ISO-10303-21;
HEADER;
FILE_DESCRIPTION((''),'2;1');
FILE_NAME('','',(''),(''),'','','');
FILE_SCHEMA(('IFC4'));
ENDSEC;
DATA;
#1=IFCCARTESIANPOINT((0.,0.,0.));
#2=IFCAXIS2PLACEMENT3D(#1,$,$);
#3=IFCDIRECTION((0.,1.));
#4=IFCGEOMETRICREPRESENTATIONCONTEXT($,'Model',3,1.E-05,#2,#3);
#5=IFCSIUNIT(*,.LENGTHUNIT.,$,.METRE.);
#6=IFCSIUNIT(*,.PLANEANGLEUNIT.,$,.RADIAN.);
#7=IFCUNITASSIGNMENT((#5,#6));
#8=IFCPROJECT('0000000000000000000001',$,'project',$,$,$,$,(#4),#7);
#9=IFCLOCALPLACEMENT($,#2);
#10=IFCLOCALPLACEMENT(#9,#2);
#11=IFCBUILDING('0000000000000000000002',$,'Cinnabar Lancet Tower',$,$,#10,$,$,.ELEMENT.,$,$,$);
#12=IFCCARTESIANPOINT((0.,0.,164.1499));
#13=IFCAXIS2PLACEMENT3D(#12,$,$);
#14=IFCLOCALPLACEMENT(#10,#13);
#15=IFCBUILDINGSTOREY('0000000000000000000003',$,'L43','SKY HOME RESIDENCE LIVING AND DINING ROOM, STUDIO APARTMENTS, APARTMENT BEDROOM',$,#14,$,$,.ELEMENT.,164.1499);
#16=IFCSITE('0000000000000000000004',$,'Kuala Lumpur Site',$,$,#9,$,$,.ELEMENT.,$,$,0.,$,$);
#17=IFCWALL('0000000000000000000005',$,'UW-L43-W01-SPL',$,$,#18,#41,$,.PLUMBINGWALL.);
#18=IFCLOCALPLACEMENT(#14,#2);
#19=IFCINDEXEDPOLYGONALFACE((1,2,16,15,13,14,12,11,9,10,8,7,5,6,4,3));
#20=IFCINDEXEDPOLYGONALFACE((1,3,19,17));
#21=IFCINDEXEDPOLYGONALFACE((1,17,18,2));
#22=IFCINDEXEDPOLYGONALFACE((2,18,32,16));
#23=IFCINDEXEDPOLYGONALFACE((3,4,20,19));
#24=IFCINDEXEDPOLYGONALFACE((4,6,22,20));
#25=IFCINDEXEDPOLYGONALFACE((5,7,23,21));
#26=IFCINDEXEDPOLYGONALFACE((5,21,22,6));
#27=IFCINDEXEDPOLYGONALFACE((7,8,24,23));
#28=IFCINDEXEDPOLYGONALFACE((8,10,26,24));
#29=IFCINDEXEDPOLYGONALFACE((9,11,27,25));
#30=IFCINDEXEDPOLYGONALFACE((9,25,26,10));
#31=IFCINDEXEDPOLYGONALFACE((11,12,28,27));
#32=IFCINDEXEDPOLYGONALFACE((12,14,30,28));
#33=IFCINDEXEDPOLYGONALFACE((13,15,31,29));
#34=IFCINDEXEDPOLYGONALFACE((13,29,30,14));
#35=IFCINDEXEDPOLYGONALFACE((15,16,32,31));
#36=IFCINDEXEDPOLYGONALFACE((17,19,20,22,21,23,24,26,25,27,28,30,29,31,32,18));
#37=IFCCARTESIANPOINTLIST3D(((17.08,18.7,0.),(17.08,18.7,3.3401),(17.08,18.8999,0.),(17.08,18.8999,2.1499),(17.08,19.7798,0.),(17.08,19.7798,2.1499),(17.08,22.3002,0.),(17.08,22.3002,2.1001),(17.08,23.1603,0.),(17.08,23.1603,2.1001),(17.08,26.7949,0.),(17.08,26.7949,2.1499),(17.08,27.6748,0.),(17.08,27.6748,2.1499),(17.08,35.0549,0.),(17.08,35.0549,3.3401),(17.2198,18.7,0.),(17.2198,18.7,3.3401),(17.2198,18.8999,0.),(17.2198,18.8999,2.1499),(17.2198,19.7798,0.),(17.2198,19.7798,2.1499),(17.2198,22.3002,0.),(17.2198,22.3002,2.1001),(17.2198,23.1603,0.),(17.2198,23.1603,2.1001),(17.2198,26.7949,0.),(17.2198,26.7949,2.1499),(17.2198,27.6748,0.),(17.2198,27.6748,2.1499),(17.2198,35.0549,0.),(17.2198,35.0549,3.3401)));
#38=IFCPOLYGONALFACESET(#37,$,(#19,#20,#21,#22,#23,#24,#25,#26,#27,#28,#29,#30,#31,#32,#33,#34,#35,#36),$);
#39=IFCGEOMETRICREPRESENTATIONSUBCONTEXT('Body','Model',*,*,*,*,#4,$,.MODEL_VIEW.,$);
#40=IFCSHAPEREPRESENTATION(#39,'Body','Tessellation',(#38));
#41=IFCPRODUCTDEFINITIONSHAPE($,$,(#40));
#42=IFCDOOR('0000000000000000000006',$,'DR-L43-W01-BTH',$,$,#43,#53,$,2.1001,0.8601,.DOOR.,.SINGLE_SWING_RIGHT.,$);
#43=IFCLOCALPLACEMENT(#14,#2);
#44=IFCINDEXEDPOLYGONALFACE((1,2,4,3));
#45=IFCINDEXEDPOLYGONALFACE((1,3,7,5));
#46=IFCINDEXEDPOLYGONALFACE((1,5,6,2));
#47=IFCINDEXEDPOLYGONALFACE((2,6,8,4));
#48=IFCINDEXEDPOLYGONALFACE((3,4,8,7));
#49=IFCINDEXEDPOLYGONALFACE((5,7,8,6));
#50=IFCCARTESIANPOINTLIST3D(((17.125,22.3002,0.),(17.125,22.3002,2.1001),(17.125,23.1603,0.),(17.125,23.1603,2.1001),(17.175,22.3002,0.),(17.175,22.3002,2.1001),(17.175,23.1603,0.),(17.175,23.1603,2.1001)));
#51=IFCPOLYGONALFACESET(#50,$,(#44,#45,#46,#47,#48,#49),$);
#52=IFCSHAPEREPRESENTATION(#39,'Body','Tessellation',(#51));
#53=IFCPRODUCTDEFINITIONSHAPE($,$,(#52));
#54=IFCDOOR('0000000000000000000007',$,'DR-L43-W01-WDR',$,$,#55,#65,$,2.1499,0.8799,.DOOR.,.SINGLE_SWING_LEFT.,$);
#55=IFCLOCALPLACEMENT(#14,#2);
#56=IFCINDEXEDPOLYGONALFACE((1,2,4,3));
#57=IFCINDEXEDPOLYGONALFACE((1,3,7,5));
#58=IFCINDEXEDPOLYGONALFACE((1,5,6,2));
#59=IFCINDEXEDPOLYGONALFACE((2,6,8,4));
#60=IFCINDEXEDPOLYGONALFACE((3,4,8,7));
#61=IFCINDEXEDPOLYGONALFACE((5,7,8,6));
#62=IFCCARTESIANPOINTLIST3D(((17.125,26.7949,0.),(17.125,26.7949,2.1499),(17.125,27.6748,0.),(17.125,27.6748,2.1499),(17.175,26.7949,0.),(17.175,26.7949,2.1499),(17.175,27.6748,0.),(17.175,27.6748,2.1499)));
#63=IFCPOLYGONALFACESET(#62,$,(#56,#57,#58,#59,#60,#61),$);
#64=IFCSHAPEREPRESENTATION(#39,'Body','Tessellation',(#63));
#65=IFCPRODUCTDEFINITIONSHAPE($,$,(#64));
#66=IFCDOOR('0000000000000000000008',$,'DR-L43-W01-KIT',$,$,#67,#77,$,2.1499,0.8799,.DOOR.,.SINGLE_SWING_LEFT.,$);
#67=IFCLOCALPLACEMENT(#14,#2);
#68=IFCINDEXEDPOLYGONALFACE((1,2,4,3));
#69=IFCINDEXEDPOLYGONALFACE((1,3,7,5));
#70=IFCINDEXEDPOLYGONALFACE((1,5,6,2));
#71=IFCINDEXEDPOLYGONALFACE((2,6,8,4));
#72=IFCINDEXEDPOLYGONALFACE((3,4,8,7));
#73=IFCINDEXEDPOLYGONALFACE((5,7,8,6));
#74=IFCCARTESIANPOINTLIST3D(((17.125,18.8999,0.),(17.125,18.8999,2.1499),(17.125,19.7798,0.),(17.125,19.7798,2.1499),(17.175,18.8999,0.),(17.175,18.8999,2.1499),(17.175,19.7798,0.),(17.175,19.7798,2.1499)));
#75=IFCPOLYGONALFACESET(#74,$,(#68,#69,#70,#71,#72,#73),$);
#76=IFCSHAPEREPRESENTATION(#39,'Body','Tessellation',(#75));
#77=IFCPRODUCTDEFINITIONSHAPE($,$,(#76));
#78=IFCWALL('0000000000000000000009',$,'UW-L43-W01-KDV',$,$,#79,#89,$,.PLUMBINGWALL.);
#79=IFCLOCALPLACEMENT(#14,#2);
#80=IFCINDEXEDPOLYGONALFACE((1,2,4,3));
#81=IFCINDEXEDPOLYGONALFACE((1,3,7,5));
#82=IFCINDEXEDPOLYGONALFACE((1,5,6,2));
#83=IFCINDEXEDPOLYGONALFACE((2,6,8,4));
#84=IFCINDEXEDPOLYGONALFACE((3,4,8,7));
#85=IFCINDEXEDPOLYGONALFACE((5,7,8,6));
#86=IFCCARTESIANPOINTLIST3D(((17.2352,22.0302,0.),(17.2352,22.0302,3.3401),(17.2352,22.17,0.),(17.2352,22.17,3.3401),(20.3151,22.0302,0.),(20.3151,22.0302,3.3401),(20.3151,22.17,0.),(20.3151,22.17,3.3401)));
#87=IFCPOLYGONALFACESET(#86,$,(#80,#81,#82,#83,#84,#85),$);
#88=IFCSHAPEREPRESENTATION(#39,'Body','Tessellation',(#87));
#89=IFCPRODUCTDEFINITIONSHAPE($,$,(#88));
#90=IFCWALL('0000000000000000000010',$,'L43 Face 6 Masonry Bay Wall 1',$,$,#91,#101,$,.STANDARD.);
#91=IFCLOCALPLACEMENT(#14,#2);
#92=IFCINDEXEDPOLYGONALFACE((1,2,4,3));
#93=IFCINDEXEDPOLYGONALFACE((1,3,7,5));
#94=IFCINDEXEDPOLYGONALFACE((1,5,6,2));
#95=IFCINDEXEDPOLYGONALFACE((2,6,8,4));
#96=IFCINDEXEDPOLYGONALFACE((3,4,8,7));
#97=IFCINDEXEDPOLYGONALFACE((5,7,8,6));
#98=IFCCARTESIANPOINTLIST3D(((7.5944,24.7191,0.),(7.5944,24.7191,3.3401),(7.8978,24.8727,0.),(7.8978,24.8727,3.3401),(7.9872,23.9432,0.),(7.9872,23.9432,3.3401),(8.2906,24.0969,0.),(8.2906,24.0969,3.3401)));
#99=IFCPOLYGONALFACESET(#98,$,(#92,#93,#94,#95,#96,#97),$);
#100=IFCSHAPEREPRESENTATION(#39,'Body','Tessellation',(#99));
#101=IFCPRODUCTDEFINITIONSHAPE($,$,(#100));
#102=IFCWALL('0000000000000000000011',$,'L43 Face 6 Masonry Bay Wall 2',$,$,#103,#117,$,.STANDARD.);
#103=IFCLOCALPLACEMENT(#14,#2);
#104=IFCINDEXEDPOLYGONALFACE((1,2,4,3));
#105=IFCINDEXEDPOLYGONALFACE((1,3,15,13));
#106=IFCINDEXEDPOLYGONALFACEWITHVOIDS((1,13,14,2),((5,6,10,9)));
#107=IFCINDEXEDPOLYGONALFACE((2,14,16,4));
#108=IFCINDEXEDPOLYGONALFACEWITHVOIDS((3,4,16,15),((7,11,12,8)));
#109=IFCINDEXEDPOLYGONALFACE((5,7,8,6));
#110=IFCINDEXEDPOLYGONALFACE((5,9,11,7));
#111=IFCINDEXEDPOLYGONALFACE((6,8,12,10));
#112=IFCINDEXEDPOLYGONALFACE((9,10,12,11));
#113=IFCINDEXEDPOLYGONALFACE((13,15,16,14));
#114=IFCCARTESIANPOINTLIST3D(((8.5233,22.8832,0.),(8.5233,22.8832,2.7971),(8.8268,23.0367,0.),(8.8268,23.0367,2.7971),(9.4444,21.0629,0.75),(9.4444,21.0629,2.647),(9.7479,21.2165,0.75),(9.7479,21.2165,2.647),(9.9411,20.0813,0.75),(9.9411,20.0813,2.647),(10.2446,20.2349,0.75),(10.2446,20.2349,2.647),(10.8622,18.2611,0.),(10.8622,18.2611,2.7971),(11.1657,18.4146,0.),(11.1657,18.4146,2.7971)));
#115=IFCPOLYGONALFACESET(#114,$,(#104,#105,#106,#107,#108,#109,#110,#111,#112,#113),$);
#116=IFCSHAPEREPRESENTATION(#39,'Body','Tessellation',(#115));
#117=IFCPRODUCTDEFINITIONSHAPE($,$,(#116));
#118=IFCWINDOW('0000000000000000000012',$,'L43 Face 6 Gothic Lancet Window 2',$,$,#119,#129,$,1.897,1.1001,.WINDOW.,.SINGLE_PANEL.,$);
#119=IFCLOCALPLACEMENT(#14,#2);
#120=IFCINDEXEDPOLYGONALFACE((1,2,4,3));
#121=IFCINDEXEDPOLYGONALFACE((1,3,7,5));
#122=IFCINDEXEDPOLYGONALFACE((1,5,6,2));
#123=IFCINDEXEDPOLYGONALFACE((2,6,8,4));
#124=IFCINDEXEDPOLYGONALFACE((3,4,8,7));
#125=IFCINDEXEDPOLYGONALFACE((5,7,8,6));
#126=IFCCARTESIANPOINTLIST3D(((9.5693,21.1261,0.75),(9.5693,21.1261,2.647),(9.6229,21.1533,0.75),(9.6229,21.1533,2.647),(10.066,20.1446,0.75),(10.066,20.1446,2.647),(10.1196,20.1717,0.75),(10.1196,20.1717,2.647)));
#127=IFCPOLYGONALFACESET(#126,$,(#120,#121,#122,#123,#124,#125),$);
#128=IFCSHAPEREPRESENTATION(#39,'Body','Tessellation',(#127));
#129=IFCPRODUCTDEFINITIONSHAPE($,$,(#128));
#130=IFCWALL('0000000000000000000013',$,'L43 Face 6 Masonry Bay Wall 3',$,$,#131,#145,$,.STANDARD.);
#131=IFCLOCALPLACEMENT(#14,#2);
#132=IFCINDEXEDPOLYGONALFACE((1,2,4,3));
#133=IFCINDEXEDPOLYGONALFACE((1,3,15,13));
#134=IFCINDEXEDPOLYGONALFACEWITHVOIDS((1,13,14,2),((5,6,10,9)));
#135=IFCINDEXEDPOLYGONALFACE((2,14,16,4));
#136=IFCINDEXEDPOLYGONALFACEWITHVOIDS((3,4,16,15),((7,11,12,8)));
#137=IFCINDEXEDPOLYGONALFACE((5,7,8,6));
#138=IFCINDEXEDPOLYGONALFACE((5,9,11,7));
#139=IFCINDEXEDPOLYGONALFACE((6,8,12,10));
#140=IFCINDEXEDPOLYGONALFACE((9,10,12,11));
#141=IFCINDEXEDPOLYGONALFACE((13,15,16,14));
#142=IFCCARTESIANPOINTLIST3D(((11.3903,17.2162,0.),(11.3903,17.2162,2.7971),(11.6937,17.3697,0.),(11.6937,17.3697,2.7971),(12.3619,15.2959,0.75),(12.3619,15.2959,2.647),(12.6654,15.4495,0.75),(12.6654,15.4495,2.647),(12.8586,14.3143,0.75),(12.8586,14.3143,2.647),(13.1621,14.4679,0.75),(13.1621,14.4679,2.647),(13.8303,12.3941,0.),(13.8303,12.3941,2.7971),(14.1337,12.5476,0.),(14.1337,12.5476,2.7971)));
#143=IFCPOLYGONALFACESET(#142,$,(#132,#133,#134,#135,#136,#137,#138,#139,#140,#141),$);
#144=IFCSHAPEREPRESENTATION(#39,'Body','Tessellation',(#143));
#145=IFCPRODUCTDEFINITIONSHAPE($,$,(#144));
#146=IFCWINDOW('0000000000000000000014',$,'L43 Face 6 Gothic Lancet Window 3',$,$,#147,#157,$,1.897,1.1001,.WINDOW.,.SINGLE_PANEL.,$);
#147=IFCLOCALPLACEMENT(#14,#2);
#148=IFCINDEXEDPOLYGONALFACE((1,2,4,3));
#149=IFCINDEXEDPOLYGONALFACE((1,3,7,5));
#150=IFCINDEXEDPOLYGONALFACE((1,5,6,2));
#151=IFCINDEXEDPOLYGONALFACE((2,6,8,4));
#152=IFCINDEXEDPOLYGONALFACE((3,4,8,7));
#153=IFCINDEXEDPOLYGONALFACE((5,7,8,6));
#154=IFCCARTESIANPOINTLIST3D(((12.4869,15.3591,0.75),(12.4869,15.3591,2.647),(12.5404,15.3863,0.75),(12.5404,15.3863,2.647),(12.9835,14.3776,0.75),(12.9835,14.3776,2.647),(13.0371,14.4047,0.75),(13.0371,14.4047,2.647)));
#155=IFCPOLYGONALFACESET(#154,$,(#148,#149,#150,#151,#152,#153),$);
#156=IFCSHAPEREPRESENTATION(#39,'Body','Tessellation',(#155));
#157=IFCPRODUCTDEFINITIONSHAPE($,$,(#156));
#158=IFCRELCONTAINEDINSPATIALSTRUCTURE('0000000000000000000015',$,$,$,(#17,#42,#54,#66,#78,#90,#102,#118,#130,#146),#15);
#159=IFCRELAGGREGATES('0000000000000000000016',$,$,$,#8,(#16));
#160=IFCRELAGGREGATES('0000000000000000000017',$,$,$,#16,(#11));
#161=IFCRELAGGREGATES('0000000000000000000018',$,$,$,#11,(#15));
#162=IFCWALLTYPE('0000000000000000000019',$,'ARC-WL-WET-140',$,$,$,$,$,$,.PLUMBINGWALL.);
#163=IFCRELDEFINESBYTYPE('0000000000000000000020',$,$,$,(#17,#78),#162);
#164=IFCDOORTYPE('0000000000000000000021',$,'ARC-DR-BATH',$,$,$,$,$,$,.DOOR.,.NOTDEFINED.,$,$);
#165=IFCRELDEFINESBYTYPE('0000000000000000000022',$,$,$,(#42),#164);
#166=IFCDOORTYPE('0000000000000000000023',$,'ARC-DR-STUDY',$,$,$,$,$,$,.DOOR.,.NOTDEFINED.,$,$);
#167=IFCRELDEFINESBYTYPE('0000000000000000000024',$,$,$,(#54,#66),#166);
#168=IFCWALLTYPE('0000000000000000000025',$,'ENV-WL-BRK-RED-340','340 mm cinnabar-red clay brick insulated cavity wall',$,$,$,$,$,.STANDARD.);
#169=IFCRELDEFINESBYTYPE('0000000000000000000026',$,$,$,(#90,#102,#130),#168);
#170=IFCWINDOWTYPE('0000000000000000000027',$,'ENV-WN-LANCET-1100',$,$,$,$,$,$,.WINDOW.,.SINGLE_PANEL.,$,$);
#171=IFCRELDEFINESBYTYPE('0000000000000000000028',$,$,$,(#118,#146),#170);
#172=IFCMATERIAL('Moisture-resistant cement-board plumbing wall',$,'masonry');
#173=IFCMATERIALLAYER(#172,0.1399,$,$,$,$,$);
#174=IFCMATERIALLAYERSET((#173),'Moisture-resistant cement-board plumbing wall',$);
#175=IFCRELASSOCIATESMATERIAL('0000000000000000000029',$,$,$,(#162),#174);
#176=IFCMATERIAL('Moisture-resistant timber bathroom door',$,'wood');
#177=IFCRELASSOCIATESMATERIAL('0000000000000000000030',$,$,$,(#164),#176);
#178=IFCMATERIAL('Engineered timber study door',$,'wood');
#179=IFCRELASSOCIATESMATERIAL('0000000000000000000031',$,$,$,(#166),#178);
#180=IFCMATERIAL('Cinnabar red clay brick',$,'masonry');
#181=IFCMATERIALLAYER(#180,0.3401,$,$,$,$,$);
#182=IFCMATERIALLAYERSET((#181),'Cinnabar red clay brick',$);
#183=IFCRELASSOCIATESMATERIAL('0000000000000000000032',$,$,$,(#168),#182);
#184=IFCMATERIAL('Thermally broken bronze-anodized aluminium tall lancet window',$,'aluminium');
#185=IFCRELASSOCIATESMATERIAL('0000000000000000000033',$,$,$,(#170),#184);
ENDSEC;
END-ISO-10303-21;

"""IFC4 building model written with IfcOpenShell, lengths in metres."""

from ifc_helpers import new_model, si_unit, direction, frame, frame_2d, origin, place, context, subcontext, project, spatial, rectangle, extrude, material, layer, layer_set, type_object, element, fill, save


model = new_model("IFC4")

# Units and contexts
model_context = context("Model", 3, precision=1e-05, world=origin(), true_north=direction((0.0, 1.0)))
body_context = subcontext(model_context, "Body", "Model", "MODEL_VIEW")
ifc_project = project(units=[si_unit("LENGTHUNIT", "METRE"), si_unit("PLANEANGLEUNIT", "RADIAN")], contexts=[model_context])

# Site, building, storey
site_placement = place(None, origin())
site = spatial("IfcSite", under=ifc_project, at=site_placement, Name="Kuala Lumpur Site", CompositionType="ELEMENT", RefElevation=0.0)
building_placement = place(site_placement, origin())
building = spatial("IfcBuilding", under=site, at=building_placement, Name="Cinnabar Lancet Tower", CompositionType="ELEMENT")
storey_placement = place(building_placement, frame((0.0, 0.0, 164.1499)))
storey = spatial("IfcBuildingStorey", under=building, at=storey_placement, Name="L43", Description="SKY HOME RESIDENCE LIVING AND DINING ROOM, STUDIO APARTMENTS, APARTMENT BEDROOM", CompositionType="ELEMENT", Elevation=164.1499)

# Wall, openings, doors
ifc_material_1 = material(Name="Moisture-resistant cement-board plumbing wall", Category="masonry")
ifc_layer_1 = layer(ifc_material_1, 0.1399)
ifc_layer_set_1 = layer_set([ifc_layer_1], Name="Moisture-resistant cement-board plumbing wall")
wall_type_1 = type_object("IfcWallType", Name="ARC-WL-WET-140", PredefinedType="PLUMBINGWALL", material=ifc_layer_set_1)
wall_1_placement = place(storey_placement, frame((17.1499, 18.7, 0.0), z_axis=(0.0, 0.0, 1.0), x_axis=(0.0, 1.0, 0.0)))
wall_1 = element("IfcWall", 1, at=wall_1_placement, inside=storey, type_object=wall_type_1, Name="UW-L43-W01-SPL", PredefinedType="PLUMBINGWALL", context=body_context, shape_type="SweptSolid", body=[
    extrude(rectangle(XDim=16.355, YDim=0.1399, at=frame_2d((8.1775, 0.0))), origin(), (0.0, 0.0, 1.0), 3.3401),
])
opening_1_placement = place(wall_1_placement, frame((3.6001, 0.0, 0.0)))
opening_1 = element("IfcOpeningElement", 2, at=opening_1_placement, cuts=wall_1, PredefinedType="OPENING", context=body_context, shape_type="SweptSolid", body=[
    extrude(rectangle(XDim=0.8601, YDim=2.1001, at=frame_2d((0.4302, 1.05))), frame((0.0, 0.0798, 0.0), z_axis=(0.0, -1.0, 0.0), x_axis=(1.0, 0.0, 0.0)), (0.0, 0.0, 1.0), 0.1599),
])
opening_2_placement = place(wall_1_placement, frame((8.095, 0.0, 0.0)))
opening_2 = element("IfcOpeningElement", 3, at=opening_2_placement, cuts=wall_1, PredefinedType="OPENING", context=body_context, shape_type="SweptSolid", body=[
    extrude(rectangle(XDim=0.8799, YDim=2.1499, at=frame_2d((0.4399, 1.075))), frame((0.0, 0.0798, 0.0), z_axis=(0.0, -1.0, 0.0), x_axis=(1.0, 0.0, 0.0)), (0.0, 0.0, 1.0), 0.1599),
])
opening_3_placement = place(wall_1_placement, frame((0.2, 0.0, 0.0)))
opening_3 = element("IfcOpeningElement", 4, at=opening_3_placement, cuts=wall_1, PredefinedType="OPENING", context=body_context, shape_type="SweptSolid", body=[
    extrude(rectangle(XDim=0.8799, YDim=2.1499, at=frame_2d((0.4399, 1.075))), frame((0.0, 0.0798, 0.0), z_axis=(0.0, -1.0, 0.0), x_axis=(1.0, 0.0, 0.0)), (0.0, 0.0, 1.0), 0.1599),
])
ifc_material_2 = material(Name="Moisture-resistant timber bathroom door", Category="wood")
door_type_1 = type_object("IfcDoorType", Name="ARC-DR-BATH", OperationType="NOTDEFINED", PredefinedType="DOOR", material=ifc_material_2)
door_1_placement = place(opening_1_placement, origin())
door_1 = element("IfcDoor", 5, at=door_1_placement, inside=storey, type_object=door_type_1, Name="DR-L43-W01-BTH", OperationType="SINGLE_SWING_RIGHT", OverallHeight=2.1001, OverallWidth=0.8601, PredefinedType="DOOR", context=body_context, shape_type="SweptSolid", body=[
    extrude(rectangle(XDim=0.8601, YDim=2.1001, at=frame_2d((0.4302, 1.05))), frame((0.0, 0.0249, 0.0), z_axis=(0.0, -1.0, 0.0), x_axis=(1.0, 0.0, 0.0)), (0.0, 0.0, 1.0), 0.05),
])
fill(opening_1, door_1)
ifc_material_3 = material(Name="Engineered timber study door", Category="wood")
door_type_2 = type_object("IfcDoorType", Name="ARC-DR-STUDY", OperationType="NOTDEFINED", PredefinedType="DOOR", material=ifc_material_3)
door_2_placement = place(opening_2_placement, origin())
door_2 = element("IfcDoor", 6, at=door_2_placement, inside=storey, type_object=door_type_2, Name="DR-L43-W01-WDR", OperationType="SINGLE_SWING_LEFT", OverallHeight=2.1499, OverallWidth=0.8799, PredefinedType="DOOR", context=body_context, shape_type="SweptSolid", body=[
    extrude(rectangle(XDim=0.8799, YDim=2.1499, at=frame_2d((0.4399, 1.075))), frame((0.0, 0.0249, 0.0), z_axis=(0.0, -1.0, 0.0), x_axis=(1.0, 0.0, 0.0)), (0.0, 0.0, 1.0), 0.05),
])
fill(opening_2, door_2)
door_3_placement = place(opening_3_placement, origin())
door_3 = element("IfcDoor", 7, at=door_3_placement, inside=storey, type_object=door_type_2, Name="DR-L43-W01-KIT", OperationType="SINGLE_SWING_LEFT", OverallHeight=2.1499, OverallWidth=0.8799, PredefinedType="DOOR", context=body_context, shape_type="SweptSolid", body=[
    extrude(rectangle(XDim=0.8799, YDim=2.1499, at=frame_2d((0.4399, 1.075))), frame((0.0, 0.0249, 0.0), z_axis=(0.0, -1.0, 0.0), x_axis=(1.0, 0.0, 0.0)), (0.0, 0.0, 1.0), 0.05),
])
fill(opening_3, door_3)

# Walls
wall_2_placement = place(storey_placement, frame((17.2351, 22.1001, 0.0), z_axis=(0.0, 0.0, 1.0), x_axis=(1.0, 0.0, 0.0)))
element("IfcWall", 8, at=wall_2_placement, inside=storey, type_object=wall_type_1, Name="UW-L43-W01-KDV", PredefinedType="PLUMBINGWALL", context=body_context, shape_type="SweptSolid", body=[
    extrude(rectangle(XDim=3.0798, YDim=0.1399, at=frame_2d((1.54, 0.0))), origin(), (0.0, 0.0, 1.0), 3.3401),
])
ifc_material_4 = material(Name="Cinnabar red clay brick", Category="masonry")
ifc_layer_2 = layer(ifc_material_4, 0.3401)
ifc_layer_set_2 = layer_set([ifc_layer_2], Name="Cinnabar red clay brick")
wall_type_2 = type_object("IfcWallType", Name="ENV-WL-BRK-RED-340", Description="340 mm cinnabar-red clay brick insulated cavity wall", PredefinedType="STANDARD", material=ifc_layer_set_2)
wall_3_placement = place(storey_placement, frame((7.7461, 24.7959, 0.0), z_axis=(0.0, 0.0, 1.0), x_axis=(0.4517, -0.89217, 0.0)))
element("IfcWall", 9, at=wall_3_placement, inside=storey, type_object=wall_type_2, Name="L43 Face 6 Masonry Bay Wall 1", PredefinedType="STANDARD", context=body_context, shape_type="SweptSolid", body=[
    extrude(rectangle(XDim=0.8696, YDim=0.3401, at=frame_2d((0.4348, 0.0))), origin(), (0.0, 0.0, 1.0), 3.3401),
])

# Walls, openings, windows
wall_4_placement = place(storey_placement, frame((8.675, 22.96, 0.0), z_axis=(0.0, 0.0, 1.0), x_axis=(0.451507, -0.892268, 0.0)))
wall_4 = element("IfcWall", 10, at=wall_4_placement, inside=storey, type_object=wall_type_2, Name="L43 Face 6 Masonry Bay Wall 2", PredefinedType="STANDARD", context=body_context, shape_type="SweptSolid", body=[
    extrude(rectangle(XDim=5.1802, YDim=0.3401, at=frame_2d((2.5901, 0.0))), origin(), (0.0, 0.0, 1.0), 2.7971),
])
opening_4_placement = place(wall_4_placement, frame((2.04, 0.0, 0.75)))
opening_4 = element("IfcOpeningElement", 11, at=opening_4_placement, cuts=wall_4, PredefinedType="OPENING", context=body_context, shape_type="SweptSolid", body=[
    extrude(rectangle(XDim=1.1001, YDim=1.897, at=frame_2d((0.55, 0.9485))), frame((0.0, 0.1799, 0.0), z_axis=(0.0, -1.0, 0.0), x_axis=(1.0, 0.0, 0.0)), (0.0, 0.0, 1.0), 0.3601),
])
ifc_material_5 = material(Name="Thermally broken bronze-anodized aluminium tall lancet window", Category="aluminium")
window_type = type_object("IfcWindowType", Name="ENV-WN-LANCET-1100", PartitioningType="SINGLE_PANEL", PredefinedType="WINDOW", material=ifc_material_5)
window_1_placement = place(opening_4_placement, origin())
window_1 = element("IfcWindow", 12, at=window_1_placement, inside=storey, type_object=window_type, Name="L43 Face 6 Gothic Lancet Window 2", OverallHeight=1.897, OverallWidth=1.1001, PartitioningType="SINGLE_PANEL", PredefinedType="WINDOW", context=body_context, shape_type="SweptSolid", body=[
    extrude(rectangle(XDim=1.1001, YDim=1.897, at=frame_2d((0.55, 0.9485))), frame((0.0, 0.03, 0.0), z_axis=(0.0, -1.0, 0.0), x_axis=(1.0, 0.0, 0.0)), (0.0, 0.0, 1.0), 0.0601),
])
fill(opening_4, window_1)
wall_5_placement = place(storey_placement, frame((11.542, 17.293, 0.0), z_axis=(0.0, 0.0, 1.0), x_axis=(0.451491, -0.892276, 0.0)))
wall_5 = element("IfcWall", 13, at=wall_5_placement, inside=storey, type_object=wall_type_2, Name="L43 Face 6 Masonry Bay Wall 3", PredefinedType="STANDARD", context=body_context, shape_type="SweptSolid", body=[
    extrude(rectangle(XDim=5.4043, YDim=0.3401, at=frame_2d((2.7021, 0.0))), origin(), (0.0, 0.0, 1.0), 2.7971),
])
opening_5_placement = place(wall_5_placement, frame((2.1521, 0.0, 0.75)))
opening_5 = element("IfcOpeningElement", 14, at=opening_5_placement, cuts=wall_5, PredefinedType="OPENING", context=body_context, shape_type="SweptSolid", body=[
    extrude(rectangle(XDim=1.1001, YDim=1.897, at=frame_2d((0.55, 0.9485))), frame((0.0, 0.1799, 0.0), z_axis=(0.0, -1.0, 0.0), x_axis=(1.0, 0.0, 0.0)), (0.0, 0.0, 1.0), 0.3601),
])
window_2_placement = place(opening_5_placement, origin())
window_2 = element("IfcWindow", 15, at=window_2_placement, inside=storey, type_object=window_type, Name="L43 Face 6 Gothic Lancet Window 3", OverallHeight=1.897, OverallWidth=1.1001, PartitioningType="SINGLE_PANEL", PredefinedType="WINDOW", context=body_context, shape_type="SweptSolid", body=[
    extrude(rectangle(XDim=1.1001, YDim=1.897, at=frame_2d((0.55, 0.9485))), frame((0.0, 0.03, 0.0), z_axis=(0.0, -1.0, 0.0), x_axis=(1.0, 0.0, 0.0)), (0.0, 0.0, 1.0), 0.0601),
])
fill(opening_5, window_2)

save(model, "model.ifc")
